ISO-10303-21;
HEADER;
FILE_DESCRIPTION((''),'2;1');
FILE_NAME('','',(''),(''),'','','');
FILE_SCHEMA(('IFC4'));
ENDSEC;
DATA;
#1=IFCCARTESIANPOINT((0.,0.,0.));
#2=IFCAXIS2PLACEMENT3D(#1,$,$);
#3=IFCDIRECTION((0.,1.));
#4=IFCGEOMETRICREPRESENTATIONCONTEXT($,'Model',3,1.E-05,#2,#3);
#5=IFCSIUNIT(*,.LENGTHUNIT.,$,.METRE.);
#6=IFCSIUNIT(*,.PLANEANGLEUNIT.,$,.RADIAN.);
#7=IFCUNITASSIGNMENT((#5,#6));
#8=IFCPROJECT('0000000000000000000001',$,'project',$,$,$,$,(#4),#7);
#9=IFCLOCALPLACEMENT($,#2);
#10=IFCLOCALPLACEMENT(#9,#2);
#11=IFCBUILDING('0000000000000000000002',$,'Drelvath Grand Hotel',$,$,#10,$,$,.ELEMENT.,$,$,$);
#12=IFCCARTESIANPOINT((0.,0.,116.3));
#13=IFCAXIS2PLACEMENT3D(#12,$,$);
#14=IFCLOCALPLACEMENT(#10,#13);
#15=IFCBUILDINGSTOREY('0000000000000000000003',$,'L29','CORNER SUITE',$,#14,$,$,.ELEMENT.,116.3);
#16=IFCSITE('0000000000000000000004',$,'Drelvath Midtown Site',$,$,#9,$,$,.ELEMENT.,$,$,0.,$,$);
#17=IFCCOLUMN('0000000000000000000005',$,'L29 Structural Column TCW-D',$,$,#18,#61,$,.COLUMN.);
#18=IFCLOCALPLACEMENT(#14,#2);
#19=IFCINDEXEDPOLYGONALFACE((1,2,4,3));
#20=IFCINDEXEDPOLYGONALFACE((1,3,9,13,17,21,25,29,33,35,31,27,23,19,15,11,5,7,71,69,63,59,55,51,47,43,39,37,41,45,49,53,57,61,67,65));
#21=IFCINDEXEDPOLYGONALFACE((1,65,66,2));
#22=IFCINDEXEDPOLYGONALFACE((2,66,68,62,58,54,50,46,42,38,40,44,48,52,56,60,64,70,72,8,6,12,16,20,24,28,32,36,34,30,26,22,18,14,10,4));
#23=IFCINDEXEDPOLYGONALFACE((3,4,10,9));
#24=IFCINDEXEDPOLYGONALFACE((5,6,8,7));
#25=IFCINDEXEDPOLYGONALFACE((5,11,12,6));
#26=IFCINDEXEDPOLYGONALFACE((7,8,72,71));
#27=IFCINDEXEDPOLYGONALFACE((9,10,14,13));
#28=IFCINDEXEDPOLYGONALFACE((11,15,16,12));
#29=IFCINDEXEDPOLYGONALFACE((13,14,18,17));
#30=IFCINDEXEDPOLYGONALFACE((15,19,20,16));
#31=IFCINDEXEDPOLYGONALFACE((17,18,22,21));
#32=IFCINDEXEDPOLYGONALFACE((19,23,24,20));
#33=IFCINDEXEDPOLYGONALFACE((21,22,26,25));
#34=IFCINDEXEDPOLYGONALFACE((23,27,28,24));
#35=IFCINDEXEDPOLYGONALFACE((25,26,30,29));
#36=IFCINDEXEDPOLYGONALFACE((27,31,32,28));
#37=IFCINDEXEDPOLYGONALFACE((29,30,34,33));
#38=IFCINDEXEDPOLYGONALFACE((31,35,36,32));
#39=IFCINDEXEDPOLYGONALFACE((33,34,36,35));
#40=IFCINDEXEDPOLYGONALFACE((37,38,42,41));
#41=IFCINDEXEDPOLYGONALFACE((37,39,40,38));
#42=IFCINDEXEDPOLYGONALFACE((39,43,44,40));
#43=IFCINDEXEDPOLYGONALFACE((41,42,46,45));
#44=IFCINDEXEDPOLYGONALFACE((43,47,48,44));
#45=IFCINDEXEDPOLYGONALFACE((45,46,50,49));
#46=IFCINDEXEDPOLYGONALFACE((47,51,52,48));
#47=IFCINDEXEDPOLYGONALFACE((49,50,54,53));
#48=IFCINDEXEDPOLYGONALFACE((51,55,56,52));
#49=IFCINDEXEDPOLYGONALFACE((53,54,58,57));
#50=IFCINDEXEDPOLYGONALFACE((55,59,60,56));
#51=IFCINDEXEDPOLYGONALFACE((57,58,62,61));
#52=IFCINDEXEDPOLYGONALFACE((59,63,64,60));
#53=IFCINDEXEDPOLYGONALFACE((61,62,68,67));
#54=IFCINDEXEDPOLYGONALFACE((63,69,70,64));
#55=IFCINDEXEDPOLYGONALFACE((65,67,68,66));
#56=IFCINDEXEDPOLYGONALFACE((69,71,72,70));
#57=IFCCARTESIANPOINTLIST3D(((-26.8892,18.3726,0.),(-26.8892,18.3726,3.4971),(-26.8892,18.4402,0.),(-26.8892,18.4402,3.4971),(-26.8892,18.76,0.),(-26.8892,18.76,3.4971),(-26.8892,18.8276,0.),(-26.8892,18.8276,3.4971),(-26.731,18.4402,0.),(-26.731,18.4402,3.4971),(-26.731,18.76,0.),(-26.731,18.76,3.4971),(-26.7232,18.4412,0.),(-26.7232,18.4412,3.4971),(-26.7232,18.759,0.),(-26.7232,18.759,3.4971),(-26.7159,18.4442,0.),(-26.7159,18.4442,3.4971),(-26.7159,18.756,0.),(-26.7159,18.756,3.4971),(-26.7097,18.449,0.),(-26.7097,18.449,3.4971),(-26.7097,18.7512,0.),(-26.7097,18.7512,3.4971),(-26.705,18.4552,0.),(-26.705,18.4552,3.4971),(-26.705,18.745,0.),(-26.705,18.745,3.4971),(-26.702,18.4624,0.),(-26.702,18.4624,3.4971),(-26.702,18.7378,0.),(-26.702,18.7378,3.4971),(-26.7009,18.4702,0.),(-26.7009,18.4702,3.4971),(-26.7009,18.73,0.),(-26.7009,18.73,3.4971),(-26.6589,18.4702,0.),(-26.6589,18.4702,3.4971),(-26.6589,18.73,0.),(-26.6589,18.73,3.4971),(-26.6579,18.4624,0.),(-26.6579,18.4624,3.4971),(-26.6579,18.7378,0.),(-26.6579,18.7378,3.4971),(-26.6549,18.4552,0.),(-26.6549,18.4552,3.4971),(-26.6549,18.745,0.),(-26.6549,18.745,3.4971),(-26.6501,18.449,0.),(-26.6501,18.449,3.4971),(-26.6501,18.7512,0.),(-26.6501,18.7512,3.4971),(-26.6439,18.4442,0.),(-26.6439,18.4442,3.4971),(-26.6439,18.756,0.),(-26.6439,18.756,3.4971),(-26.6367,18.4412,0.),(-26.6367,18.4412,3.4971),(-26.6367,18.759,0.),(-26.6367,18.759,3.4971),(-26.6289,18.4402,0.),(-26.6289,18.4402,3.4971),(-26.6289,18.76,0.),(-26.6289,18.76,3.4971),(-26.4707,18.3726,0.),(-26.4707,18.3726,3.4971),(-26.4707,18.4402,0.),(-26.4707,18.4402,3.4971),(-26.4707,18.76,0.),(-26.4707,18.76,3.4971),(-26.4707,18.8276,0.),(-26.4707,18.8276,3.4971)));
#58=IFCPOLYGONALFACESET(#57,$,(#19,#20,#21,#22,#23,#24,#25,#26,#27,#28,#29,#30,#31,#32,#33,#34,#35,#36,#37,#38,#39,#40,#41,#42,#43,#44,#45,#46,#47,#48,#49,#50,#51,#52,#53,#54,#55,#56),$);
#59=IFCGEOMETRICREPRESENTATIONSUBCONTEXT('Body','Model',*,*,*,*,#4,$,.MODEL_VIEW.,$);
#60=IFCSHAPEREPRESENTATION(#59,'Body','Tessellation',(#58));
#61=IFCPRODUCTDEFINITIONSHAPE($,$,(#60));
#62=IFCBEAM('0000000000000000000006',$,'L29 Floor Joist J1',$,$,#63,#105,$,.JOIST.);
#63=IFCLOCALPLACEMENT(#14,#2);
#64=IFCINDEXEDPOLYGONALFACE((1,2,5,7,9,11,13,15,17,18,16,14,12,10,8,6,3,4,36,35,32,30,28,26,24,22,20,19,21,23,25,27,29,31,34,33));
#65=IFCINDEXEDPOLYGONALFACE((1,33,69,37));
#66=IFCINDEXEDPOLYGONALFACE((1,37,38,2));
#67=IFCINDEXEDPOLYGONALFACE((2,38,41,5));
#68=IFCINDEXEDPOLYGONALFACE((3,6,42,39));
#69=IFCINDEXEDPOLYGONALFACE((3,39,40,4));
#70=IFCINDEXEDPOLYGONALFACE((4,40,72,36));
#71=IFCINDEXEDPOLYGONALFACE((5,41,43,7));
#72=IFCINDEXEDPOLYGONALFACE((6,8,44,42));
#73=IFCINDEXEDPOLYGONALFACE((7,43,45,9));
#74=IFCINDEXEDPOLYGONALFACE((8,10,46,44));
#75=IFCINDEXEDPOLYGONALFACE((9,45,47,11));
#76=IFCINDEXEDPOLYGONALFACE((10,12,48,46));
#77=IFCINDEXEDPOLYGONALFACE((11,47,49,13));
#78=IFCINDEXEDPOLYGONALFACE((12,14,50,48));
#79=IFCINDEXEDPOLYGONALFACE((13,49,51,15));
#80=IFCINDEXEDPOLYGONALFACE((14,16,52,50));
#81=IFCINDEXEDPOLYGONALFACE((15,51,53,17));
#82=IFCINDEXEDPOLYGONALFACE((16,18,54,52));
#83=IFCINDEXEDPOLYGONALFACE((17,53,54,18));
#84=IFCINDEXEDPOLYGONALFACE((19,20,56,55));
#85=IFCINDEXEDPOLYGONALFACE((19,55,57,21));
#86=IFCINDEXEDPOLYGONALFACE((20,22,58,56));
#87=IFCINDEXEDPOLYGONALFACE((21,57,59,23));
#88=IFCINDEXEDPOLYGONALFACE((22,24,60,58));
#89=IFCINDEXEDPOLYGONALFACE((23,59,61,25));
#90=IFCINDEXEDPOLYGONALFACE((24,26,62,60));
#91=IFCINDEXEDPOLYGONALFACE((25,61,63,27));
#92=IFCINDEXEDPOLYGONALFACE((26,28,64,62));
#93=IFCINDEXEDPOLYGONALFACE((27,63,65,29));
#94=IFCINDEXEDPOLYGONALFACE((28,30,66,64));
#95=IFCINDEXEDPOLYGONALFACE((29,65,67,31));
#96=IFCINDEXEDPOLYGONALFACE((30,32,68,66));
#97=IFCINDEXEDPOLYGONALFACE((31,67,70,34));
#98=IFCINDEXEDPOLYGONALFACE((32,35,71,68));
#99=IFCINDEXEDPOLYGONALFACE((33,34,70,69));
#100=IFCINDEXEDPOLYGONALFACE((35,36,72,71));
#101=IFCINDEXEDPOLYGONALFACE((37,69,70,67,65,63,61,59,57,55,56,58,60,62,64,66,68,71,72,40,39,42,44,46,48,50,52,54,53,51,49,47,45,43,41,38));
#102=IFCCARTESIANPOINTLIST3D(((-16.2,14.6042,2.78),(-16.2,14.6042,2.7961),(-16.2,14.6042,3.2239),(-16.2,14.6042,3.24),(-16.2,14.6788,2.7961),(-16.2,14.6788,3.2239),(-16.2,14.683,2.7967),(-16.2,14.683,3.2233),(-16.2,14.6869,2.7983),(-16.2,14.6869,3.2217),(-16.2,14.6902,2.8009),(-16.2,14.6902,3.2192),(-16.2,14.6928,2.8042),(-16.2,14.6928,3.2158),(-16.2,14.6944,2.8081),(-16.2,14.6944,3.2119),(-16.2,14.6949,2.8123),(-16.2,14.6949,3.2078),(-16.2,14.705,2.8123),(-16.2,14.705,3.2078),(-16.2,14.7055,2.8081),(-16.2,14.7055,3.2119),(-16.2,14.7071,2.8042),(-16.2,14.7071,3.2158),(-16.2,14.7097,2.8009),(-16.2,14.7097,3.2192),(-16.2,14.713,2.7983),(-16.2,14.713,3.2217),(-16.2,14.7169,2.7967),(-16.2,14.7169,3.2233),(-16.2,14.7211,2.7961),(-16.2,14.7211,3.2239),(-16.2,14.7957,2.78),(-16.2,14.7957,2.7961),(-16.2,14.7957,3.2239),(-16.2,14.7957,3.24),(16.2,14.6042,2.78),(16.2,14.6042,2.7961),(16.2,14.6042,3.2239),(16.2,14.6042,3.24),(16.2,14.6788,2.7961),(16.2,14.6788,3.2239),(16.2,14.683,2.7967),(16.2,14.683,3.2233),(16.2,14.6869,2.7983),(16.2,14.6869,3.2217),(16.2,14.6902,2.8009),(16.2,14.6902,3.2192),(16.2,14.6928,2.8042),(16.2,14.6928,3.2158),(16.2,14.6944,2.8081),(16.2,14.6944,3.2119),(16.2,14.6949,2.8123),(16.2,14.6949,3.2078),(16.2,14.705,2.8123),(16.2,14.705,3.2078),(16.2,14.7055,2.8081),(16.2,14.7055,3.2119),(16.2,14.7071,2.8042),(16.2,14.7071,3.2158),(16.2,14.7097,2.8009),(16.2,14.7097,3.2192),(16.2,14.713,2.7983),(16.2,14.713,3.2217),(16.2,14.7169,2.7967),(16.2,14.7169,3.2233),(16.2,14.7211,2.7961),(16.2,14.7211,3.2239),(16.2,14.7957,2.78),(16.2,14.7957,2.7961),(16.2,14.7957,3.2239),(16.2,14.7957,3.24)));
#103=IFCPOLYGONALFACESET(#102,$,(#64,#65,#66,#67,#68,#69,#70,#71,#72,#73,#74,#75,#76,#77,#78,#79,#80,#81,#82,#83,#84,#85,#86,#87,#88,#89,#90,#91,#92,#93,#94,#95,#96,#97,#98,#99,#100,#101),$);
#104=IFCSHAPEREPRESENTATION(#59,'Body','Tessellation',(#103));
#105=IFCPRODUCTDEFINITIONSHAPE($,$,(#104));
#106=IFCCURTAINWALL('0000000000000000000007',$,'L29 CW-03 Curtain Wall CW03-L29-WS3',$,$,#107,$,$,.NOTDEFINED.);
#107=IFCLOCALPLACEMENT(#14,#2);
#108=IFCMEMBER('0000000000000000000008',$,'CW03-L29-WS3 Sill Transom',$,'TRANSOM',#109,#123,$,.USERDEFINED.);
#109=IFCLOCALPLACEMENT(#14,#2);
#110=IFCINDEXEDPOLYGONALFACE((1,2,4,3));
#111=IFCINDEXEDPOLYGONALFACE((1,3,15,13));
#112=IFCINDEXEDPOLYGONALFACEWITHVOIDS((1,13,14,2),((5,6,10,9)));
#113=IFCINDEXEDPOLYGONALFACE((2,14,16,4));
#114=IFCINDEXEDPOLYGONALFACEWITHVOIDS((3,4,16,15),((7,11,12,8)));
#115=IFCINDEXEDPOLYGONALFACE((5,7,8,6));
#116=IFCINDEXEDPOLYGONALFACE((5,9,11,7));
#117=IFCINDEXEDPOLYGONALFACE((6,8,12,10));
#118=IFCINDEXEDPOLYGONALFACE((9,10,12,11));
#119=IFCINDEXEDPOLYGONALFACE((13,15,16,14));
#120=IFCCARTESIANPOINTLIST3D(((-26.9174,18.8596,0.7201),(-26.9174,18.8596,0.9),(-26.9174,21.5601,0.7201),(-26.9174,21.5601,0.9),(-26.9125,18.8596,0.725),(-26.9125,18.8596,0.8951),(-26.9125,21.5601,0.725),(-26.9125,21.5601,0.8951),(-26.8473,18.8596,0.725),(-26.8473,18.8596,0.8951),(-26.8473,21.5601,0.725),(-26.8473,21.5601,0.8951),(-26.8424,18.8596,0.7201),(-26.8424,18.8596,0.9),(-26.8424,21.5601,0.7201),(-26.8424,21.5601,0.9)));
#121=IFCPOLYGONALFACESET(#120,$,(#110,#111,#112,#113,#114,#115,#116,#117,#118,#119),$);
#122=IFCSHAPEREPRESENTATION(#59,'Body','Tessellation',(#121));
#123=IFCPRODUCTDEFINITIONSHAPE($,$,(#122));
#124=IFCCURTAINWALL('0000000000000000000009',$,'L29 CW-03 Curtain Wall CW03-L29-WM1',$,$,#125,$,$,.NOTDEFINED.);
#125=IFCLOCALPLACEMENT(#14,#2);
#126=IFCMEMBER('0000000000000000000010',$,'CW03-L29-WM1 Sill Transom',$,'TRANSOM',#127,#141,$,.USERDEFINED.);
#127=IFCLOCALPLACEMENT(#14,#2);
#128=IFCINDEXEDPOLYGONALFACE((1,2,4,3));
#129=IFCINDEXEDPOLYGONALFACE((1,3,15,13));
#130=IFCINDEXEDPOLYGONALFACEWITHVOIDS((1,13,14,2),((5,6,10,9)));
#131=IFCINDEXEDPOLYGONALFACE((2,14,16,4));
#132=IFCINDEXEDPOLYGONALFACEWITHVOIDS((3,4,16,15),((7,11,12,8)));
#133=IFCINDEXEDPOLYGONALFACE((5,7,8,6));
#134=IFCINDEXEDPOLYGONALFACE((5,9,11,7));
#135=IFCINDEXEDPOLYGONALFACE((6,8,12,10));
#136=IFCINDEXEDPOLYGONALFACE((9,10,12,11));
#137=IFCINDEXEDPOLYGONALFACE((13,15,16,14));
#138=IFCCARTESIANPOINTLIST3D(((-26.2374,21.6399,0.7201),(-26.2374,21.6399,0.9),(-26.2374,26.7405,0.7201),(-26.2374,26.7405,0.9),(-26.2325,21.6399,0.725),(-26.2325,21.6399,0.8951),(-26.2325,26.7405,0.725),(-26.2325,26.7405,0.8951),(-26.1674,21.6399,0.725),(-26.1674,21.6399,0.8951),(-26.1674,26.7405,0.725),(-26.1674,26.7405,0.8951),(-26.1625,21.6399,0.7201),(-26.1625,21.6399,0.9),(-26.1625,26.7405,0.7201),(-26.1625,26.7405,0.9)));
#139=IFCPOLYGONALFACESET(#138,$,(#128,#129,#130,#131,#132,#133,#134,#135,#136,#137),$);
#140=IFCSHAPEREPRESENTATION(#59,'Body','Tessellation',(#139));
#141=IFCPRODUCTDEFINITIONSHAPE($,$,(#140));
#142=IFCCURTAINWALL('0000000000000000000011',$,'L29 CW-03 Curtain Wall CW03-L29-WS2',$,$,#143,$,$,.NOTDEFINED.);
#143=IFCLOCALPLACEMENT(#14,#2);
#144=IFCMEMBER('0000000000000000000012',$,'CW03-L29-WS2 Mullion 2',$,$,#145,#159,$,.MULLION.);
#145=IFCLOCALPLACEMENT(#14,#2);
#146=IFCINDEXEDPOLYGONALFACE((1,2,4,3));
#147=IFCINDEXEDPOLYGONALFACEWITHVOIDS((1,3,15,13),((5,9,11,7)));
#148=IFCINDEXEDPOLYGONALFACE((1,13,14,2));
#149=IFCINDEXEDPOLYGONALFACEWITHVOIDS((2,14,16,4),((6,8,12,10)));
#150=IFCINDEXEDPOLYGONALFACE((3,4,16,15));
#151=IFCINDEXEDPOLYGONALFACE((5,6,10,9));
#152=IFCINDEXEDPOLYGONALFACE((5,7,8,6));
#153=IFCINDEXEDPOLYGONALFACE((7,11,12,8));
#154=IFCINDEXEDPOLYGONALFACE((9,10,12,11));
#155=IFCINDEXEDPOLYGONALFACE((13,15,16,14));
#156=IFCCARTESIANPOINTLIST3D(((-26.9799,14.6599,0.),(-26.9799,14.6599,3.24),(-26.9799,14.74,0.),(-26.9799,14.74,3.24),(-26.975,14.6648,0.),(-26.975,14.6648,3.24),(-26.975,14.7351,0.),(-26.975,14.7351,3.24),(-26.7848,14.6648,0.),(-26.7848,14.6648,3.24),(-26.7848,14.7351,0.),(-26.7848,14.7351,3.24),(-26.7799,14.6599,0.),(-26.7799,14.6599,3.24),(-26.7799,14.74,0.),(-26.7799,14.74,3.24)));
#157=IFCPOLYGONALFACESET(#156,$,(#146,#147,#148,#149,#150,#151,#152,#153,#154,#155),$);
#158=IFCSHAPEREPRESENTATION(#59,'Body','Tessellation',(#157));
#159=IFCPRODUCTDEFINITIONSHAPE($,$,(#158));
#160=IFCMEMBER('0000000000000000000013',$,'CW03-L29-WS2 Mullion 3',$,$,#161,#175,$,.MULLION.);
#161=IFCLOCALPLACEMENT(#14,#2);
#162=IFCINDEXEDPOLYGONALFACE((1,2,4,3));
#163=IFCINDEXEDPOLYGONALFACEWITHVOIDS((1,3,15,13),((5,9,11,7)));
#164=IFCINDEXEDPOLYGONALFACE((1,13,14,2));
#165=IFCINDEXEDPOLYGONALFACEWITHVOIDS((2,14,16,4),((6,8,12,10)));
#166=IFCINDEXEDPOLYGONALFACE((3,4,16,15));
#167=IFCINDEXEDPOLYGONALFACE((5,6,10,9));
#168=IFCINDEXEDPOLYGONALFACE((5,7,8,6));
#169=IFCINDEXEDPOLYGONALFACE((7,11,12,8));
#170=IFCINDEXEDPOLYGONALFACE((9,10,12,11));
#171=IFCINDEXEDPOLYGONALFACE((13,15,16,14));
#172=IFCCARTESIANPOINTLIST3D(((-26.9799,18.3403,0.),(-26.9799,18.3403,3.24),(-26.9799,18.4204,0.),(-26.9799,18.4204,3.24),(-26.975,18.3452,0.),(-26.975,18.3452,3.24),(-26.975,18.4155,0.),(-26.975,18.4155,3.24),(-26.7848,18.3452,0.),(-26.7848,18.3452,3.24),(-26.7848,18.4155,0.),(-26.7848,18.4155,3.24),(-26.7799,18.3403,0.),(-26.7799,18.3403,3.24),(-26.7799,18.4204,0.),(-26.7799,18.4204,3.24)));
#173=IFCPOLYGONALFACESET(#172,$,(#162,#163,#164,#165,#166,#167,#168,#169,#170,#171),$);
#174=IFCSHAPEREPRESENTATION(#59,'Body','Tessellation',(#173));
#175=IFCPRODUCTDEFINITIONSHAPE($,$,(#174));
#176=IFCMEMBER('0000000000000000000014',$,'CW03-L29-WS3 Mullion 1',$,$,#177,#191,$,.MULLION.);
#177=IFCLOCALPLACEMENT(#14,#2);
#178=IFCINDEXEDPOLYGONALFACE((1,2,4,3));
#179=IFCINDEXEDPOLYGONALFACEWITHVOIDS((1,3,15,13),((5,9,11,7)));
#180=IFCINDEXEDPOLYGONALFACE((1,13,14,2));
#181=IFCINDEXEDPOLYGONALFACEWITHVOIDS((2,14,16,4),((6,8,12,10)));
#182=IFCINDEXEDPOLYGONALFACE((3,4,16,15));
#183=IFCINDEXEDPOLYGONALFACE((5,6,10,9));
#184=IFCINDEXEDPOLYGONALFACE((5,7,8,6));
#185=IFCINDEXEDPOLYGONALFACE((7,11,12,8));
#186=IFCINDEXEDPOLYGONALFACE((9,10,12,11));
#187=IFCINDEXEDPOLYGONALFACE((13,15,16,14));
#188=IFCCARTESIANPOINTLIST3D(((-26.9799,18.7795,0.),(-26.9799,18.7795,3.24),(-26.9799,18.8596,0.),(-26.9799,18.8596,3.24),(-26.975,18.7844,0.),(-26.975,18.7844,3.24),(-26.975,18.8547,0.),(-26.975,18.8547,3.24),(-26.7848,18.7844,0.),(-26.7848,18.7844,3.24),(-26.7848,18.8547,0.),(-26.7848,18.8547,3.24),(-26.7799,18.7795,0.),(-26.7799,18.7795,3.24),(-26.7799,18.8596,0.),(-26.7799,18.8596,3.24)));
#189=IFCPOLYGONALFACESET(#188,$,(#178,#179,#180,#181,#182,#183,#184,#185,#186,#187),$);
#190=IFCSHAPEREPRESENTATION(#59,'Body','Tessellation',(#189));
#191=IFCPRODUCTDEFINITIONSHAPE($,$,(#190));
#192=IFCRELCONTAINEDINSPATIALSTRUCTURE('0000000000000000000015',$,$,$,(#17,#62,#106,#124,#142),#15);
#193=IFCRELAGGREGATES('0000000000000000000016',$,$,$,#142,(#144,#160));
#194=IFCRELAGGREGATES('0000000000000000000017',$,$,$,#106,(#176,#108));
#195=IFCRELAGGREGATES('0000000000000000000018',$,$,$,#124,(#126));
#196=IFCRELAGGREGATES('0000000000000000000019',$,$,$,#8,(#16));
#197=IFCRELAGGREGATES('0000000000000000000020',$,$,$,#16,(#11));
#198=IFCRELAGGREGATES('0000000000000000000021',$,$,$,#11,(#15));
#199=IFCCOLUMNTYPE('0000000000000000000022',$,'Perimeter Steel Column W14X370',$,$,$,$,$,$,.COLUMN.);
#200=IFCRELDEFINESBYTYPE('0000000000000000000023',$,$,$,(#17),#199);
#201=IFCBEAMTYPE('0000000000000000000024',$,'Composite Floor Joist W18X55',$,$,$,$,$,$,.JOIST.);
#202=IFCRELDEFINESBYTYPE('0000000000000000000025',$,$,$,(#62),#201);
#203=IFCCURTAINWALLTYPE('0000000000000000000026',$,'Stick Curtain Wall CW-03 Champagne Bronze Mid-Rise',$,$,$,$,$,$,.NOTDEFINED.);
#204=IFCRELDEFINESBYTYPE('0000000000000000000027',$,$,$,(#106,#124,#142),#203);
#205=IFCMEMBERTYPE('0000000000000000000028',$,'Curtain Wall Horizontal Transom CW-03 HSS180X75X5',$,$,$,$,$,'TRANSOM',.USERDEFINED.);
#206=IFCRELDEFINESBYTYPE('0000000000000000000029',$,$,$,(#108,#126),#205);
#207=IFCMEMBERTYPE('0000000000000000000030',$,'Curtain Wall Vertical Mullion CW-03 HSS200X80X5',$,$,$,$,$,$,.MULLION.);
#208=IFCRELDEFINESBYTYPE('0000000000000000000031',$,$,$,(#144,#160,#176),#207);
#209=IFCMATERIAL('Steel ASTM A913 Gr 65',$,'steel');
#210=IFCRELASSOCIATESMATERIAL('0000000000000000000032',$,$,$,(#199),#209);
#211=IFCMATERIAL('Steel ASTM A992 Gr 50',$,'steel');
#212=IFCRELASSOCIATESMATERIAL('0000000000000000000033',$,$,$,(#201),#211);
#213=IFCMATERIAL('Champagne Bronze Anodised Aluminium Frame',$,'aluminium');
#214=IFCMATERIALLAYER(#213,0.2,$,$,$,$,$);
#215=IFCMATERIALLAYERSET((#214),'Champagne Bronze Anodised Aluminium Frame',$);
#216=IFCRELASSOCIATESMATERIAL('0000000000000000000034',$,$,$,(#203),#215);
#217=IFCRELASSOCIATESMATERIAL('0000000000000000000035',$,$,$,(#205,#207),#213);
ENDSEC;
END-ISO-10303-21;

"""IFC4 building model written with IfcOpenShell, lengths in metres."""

from ifc_helpers import new_model, si_unit, direction, frame, origin, origin_2d, place, context, subcontext, project, spatial, hollow_rectangle, i_section, extrude, material, layer, layer_set, material_profile, profile_set, type_object, element, aggregate, save


model = new_model("IFC4")

# Units and contexts
model_context = context("Model", 3, precision=1e-05, world=origin(), true_north=direction((0.0, 1.0)))
body_context = subcontext(model_context, "Body", "Model", "MODEL_VIEW")
ifc_project = project(units=[si_unit("LENGTHUNIT", "METRE"), si_unit("PLANEANGLEUNIT", "RADIAN")], contexts=[model_context])

# Site, building, storey
site_placement = place(None, origin())
site = spatial("IfcSite", under=ifc_project, at=site_placement, Name="Drelvath Midtown Site", CompositionType="ELEMENT", RefElevation=0.0)
building_placement = place(site_placement, origin())
building = spatial("IfcBuilding", under=site, at=building_placement, Name="Drelvath Grand Hotel", CompositionType="ELEMENT")
storey_placement = place(building_placement, frame((0.0, 0.0, 116.3)))
storey = spatial("IfcBuildingStorey", under=building, at=storey_placement, Name="L29", Description="CORNER SUITE", CompositionType="ELEMENT", Elevation=116.3)

# Column
ifc_material_1 = material(Name="Steel ASTM A913 Gr 65", Category="steel")
ifc_material_profile_1 = material_profile(ifc_material_1, i_section(OverallWidth=0.4185, OverallDepth=0.4551, WebThickness=0.042, FlangeThickness=0.0676, FilletRadius=0.03, at=origin_2d()), Name="W14X370")
ifc_profile_set_1 = profile_set([ifc_material_profile_1], Name="Steel ASTM A913 Gr 65")
column_type = type_object("IfcColumnType", Name="Perimeter Steel Column W14X370", PredefinedType="COLUMN", material=ifc_profile_set_1)
column_placement = place(storey_placement, frame((-26.6799, 18.6001, 0.0), z_axis=(0.0, 0.0, 1.0), x_axis=(1.0, 0.0, 0.0)))
element("IfcColumn", 1, at=column_placement, inside=storey, type_object=column_type, Name="L29 Structural Column TCW-D", PredefinedType="COLUMN", context=body_context, shape_type="SweptSolid", body=[
    extrude(i_section(OverallWidth=0.4185, OverallDepth=0.4551, WebThickness=0.042, FlangeThickness=0.0676, FilletRadius=0.03, at=origin_2d()), origin(), (0.0, 0.0, 1.0), 3.4971),
])

# Beam
ifc_material_2 = material(Name="Steel ASTM A992 Gr 50", Category="steel")
ifc_material_profile_2 = material_profile(ifc_material_2, i_section(OverallWidth=0.1914, OverallDepth=0.46, WebThickness=0.01, FlangeThickness=0.0161, FilletRadius=0.0161, at=origin_2d()), Name="W18X55")
ifc_profile_set_2 = profile_set([ifc_material_profile_2], Name="Steel ASTM A992 Gr 50")
beam_type_1 = type_object("IfcBeamType", Name="Composite Floor Joist W18X55", PredefinedType="JOIST", material=ifc_profile_set_2)
beam_1_placement = place(storey_placement, frame((-16.2, 14.7, 3.01), z_axis=(1.0, 0.0, 0.0), x_axis=(0.0, 1.0, 0.0)))
element("IfcBeam", 2, at=beam_1_placement, inside=storey, type_object=beam_type_1, Name="L29 Floor Joist J1", PredefinedType="JOIST", context=body_context, shape_type="SweptSolid", body=[
    extrude(i_section(OverallWidth=0.1914, OverallDepth=0.46, WebThickness=0.01, FlangeThickness=0.0161, FilletRadius=0.0161, at=origin_2d()), origin(), (0.0, 0.0, 1.0), 32.3999),
])

# Curtain walls, members
ifc_material_3 = material(Name="Champagne Bronze Anodised Aluminium Frame", Category="aluminium")
ifc_layer_1 = layer(ifc_material_3, 0.2)
ifc_layer_set_1 = layer_set([ifc_layer_1], Name="Champagne Bronze Anodised Aluminium Frame")
curtain_wall_type = type_object("IfcCurtainWallType", Name="Stick Curtain Wall CW-03 Champagne Bronze Mid-Rise", PredefinedType="NOTDEFINED", material=ifc_layer_set_1)
curtain_wall_1_placement = place(storey_placement, origin())
curtain_wall_1 = element("IfcCurtainWall", 3, at=curtain_wall_1_placement, inside=storey, type_object=curtain_wall_type, Name="L29 CW-03 Curtain Wall CW03-L29-WS3", PredefinedType="NOTDEFINED")
ifc_material_profile_3 = material_profile(ifc_material_3, hollow_rectangle(XDim=0.075, YDim=0.1799, WallThickness=0.0049, at=origin_2d()), Name="HSS180X75X5")
ifc_profile_set_3 = profile_set([ifc_material_profile_3], Name="Champagne Bronze Anodised Aluminium Frame")
member_type_1 = type_object("IfcMemberType", Name="Curtain Wall Horizontal Transom CW-03 HSS180X75X5", ElementType="TRANSOM", PredefinedType="USERDEFINED", material=ifc_profile_set_3)
member_1_placement = place(storey_placement, frame((-26.8799, 18.8596, 0.8101), z_axis=(0.0, 1.0, 0.0), x_axis=(-1.0, 0.0, 0.0)))
member_1 = element("IfcMember", 4, at=member_1_placement, type_object=member_type_1, Name="CW03-L29-WS3 Sill Transom", ObjectType="TRANSOM", PredefinedType="USERDEFINED", context=body_context, shape_type="SweptSolid", body=[
    extrude(hollow_rectangle(XDim=0.075, YDim=0.1799, WallThickness=0.0049, at=origin_2d()), origin(), (0.0, 0.0, 1.0), 2.7004),
])
curtain_wall_2_placement = place(storey_placement, origin())
curtain_wall_2 = element("IfcCurtainWall", 5, at=curtain_wall_2_placement, inside=storey, type_object=curtain_wall_type, Name="L29 CW-03 Curtain Wall CW03-L29-WM1", PredefinedType="NOTDEFINED")
member_2_placement = place(storey_placement, frame((-26.2, 21.6399, 0.8101), z_axis=(0.0, 1.0, 0.0), x_axis=(-1.0, 0.0, 0.0)))
member_2 = element("IfcMember", 6, at=member_2_placement, type_object=member_type_1, Name="CW03-L29-WM1 Sill Transom", ObjectType="TRANSOM", PredefinedType="USERDEFINED", context=body_context, shape_type="SweptSolid", body=[
    extrude(hollow_rectangle(XDim=0.075, YDim=0.1799, WallThickness=0.0049, at=origin_2d()), origin(), (0.0, 0.0, 1.0), 5.1006),
])

# Curtain wall, members
curtain_wall_3_placement = place(storey_placement, origin())
curtain_wall_3 = element("IfcCurtainWall", 7, at=curtain_wall_3_placement, inside=storey, type_object=curtain_wall_type, Name="L29 CW-03 Curtain Wall CW03-L29-WS2", PredefinedType="NOTDEFINED")
ifc_material_profile_4 = material_profile(ifc_material_3, hollow_rectangle(XDim=0.0801, YDim=0.2, WallThickness=0.0049, at=origin_2d()), Name="HSS200X80X5")
ifc_profile_set_4 = profile_set([ifc_material_profile_4], Name="Champagne Bronze Anodised Aluminium Frame")
member_type_2 = type_object("IfcMemberType", Name="Curtain Wall Vertical Mullion CW-03 HSS200X80X5", PredefinedType="MULLION", material=ifc_profile_set_4)
member_3_placement = place(storey_placement, frame((-26.8799, 14.7, 0.0), z_axis=(0.0, 0.0, 1.0), x_axis=(0.0, 1.0, 0.0)))
member_3 = element("IfcMember", 8, at=member_3_placement, type_object=member_type_2, Name="CW03-L29-WS2 Mullion 2", PredefinedType="MULLION", context=body_context, shape_type="SweptSolid", body=[
    extrude(hollow_rectangle(XDim=0.0801, YDim=0.2, WallThickness=0.0049, at=origin_2d()), origin(), (0.0, 0.0, 1.0), 3.24),
])
member_4_placement = place(storey_placement, frame((-26.8799, 18.3804, 0.0), z_axis=(0.0, 0.0, 1.0), x_axis=(0.0, 1.0, 0.0)))
member_4 = element("IfcMember", 9, at=member_4_placement, type_object=member_type_2, Name="CW03-L29-WS2 Mullion 3", PredefinedType="MULLION", context=body_context, shape_type="SweptSolid", body=[
    extrude(hollow_rectangle(XDim=0.0801, YDim=0.2, WallThickness=0.0049, at=origin_2d()), origin(), (0.0, 0.0, 1.0), 3.24),
])

# Member
member_5_placement = place(storey_placement, frame((-26.8799, 18.8196, 0.0), z_axis=(0.0, 0.0, 1.0), x_axis=(0.0, 1.0, 0.0)))
member_5 = element("IfcMember", 10, at=member_5_placement, type_object=member_type_2, Name="CW03-L29-WS3 Mullion 1", PredefinedType="MULLION", context=body_context, shape_type="SweptSolid", body=[
    extrude(hollow_rectangle(XDim=0.0801, YDim=0.2, WallThickness=0.0049, at=origin_2d()), origin(), (0.0, 0.0, 1.0), 3.24),
])

aggregate(curtain_wall_3, [member_3, member_4])
aggregate(curtain_wall_1, [member_5, member_1])
aggregate(curtain_wall_2, [member_2])

save(model, "model.ifc")
